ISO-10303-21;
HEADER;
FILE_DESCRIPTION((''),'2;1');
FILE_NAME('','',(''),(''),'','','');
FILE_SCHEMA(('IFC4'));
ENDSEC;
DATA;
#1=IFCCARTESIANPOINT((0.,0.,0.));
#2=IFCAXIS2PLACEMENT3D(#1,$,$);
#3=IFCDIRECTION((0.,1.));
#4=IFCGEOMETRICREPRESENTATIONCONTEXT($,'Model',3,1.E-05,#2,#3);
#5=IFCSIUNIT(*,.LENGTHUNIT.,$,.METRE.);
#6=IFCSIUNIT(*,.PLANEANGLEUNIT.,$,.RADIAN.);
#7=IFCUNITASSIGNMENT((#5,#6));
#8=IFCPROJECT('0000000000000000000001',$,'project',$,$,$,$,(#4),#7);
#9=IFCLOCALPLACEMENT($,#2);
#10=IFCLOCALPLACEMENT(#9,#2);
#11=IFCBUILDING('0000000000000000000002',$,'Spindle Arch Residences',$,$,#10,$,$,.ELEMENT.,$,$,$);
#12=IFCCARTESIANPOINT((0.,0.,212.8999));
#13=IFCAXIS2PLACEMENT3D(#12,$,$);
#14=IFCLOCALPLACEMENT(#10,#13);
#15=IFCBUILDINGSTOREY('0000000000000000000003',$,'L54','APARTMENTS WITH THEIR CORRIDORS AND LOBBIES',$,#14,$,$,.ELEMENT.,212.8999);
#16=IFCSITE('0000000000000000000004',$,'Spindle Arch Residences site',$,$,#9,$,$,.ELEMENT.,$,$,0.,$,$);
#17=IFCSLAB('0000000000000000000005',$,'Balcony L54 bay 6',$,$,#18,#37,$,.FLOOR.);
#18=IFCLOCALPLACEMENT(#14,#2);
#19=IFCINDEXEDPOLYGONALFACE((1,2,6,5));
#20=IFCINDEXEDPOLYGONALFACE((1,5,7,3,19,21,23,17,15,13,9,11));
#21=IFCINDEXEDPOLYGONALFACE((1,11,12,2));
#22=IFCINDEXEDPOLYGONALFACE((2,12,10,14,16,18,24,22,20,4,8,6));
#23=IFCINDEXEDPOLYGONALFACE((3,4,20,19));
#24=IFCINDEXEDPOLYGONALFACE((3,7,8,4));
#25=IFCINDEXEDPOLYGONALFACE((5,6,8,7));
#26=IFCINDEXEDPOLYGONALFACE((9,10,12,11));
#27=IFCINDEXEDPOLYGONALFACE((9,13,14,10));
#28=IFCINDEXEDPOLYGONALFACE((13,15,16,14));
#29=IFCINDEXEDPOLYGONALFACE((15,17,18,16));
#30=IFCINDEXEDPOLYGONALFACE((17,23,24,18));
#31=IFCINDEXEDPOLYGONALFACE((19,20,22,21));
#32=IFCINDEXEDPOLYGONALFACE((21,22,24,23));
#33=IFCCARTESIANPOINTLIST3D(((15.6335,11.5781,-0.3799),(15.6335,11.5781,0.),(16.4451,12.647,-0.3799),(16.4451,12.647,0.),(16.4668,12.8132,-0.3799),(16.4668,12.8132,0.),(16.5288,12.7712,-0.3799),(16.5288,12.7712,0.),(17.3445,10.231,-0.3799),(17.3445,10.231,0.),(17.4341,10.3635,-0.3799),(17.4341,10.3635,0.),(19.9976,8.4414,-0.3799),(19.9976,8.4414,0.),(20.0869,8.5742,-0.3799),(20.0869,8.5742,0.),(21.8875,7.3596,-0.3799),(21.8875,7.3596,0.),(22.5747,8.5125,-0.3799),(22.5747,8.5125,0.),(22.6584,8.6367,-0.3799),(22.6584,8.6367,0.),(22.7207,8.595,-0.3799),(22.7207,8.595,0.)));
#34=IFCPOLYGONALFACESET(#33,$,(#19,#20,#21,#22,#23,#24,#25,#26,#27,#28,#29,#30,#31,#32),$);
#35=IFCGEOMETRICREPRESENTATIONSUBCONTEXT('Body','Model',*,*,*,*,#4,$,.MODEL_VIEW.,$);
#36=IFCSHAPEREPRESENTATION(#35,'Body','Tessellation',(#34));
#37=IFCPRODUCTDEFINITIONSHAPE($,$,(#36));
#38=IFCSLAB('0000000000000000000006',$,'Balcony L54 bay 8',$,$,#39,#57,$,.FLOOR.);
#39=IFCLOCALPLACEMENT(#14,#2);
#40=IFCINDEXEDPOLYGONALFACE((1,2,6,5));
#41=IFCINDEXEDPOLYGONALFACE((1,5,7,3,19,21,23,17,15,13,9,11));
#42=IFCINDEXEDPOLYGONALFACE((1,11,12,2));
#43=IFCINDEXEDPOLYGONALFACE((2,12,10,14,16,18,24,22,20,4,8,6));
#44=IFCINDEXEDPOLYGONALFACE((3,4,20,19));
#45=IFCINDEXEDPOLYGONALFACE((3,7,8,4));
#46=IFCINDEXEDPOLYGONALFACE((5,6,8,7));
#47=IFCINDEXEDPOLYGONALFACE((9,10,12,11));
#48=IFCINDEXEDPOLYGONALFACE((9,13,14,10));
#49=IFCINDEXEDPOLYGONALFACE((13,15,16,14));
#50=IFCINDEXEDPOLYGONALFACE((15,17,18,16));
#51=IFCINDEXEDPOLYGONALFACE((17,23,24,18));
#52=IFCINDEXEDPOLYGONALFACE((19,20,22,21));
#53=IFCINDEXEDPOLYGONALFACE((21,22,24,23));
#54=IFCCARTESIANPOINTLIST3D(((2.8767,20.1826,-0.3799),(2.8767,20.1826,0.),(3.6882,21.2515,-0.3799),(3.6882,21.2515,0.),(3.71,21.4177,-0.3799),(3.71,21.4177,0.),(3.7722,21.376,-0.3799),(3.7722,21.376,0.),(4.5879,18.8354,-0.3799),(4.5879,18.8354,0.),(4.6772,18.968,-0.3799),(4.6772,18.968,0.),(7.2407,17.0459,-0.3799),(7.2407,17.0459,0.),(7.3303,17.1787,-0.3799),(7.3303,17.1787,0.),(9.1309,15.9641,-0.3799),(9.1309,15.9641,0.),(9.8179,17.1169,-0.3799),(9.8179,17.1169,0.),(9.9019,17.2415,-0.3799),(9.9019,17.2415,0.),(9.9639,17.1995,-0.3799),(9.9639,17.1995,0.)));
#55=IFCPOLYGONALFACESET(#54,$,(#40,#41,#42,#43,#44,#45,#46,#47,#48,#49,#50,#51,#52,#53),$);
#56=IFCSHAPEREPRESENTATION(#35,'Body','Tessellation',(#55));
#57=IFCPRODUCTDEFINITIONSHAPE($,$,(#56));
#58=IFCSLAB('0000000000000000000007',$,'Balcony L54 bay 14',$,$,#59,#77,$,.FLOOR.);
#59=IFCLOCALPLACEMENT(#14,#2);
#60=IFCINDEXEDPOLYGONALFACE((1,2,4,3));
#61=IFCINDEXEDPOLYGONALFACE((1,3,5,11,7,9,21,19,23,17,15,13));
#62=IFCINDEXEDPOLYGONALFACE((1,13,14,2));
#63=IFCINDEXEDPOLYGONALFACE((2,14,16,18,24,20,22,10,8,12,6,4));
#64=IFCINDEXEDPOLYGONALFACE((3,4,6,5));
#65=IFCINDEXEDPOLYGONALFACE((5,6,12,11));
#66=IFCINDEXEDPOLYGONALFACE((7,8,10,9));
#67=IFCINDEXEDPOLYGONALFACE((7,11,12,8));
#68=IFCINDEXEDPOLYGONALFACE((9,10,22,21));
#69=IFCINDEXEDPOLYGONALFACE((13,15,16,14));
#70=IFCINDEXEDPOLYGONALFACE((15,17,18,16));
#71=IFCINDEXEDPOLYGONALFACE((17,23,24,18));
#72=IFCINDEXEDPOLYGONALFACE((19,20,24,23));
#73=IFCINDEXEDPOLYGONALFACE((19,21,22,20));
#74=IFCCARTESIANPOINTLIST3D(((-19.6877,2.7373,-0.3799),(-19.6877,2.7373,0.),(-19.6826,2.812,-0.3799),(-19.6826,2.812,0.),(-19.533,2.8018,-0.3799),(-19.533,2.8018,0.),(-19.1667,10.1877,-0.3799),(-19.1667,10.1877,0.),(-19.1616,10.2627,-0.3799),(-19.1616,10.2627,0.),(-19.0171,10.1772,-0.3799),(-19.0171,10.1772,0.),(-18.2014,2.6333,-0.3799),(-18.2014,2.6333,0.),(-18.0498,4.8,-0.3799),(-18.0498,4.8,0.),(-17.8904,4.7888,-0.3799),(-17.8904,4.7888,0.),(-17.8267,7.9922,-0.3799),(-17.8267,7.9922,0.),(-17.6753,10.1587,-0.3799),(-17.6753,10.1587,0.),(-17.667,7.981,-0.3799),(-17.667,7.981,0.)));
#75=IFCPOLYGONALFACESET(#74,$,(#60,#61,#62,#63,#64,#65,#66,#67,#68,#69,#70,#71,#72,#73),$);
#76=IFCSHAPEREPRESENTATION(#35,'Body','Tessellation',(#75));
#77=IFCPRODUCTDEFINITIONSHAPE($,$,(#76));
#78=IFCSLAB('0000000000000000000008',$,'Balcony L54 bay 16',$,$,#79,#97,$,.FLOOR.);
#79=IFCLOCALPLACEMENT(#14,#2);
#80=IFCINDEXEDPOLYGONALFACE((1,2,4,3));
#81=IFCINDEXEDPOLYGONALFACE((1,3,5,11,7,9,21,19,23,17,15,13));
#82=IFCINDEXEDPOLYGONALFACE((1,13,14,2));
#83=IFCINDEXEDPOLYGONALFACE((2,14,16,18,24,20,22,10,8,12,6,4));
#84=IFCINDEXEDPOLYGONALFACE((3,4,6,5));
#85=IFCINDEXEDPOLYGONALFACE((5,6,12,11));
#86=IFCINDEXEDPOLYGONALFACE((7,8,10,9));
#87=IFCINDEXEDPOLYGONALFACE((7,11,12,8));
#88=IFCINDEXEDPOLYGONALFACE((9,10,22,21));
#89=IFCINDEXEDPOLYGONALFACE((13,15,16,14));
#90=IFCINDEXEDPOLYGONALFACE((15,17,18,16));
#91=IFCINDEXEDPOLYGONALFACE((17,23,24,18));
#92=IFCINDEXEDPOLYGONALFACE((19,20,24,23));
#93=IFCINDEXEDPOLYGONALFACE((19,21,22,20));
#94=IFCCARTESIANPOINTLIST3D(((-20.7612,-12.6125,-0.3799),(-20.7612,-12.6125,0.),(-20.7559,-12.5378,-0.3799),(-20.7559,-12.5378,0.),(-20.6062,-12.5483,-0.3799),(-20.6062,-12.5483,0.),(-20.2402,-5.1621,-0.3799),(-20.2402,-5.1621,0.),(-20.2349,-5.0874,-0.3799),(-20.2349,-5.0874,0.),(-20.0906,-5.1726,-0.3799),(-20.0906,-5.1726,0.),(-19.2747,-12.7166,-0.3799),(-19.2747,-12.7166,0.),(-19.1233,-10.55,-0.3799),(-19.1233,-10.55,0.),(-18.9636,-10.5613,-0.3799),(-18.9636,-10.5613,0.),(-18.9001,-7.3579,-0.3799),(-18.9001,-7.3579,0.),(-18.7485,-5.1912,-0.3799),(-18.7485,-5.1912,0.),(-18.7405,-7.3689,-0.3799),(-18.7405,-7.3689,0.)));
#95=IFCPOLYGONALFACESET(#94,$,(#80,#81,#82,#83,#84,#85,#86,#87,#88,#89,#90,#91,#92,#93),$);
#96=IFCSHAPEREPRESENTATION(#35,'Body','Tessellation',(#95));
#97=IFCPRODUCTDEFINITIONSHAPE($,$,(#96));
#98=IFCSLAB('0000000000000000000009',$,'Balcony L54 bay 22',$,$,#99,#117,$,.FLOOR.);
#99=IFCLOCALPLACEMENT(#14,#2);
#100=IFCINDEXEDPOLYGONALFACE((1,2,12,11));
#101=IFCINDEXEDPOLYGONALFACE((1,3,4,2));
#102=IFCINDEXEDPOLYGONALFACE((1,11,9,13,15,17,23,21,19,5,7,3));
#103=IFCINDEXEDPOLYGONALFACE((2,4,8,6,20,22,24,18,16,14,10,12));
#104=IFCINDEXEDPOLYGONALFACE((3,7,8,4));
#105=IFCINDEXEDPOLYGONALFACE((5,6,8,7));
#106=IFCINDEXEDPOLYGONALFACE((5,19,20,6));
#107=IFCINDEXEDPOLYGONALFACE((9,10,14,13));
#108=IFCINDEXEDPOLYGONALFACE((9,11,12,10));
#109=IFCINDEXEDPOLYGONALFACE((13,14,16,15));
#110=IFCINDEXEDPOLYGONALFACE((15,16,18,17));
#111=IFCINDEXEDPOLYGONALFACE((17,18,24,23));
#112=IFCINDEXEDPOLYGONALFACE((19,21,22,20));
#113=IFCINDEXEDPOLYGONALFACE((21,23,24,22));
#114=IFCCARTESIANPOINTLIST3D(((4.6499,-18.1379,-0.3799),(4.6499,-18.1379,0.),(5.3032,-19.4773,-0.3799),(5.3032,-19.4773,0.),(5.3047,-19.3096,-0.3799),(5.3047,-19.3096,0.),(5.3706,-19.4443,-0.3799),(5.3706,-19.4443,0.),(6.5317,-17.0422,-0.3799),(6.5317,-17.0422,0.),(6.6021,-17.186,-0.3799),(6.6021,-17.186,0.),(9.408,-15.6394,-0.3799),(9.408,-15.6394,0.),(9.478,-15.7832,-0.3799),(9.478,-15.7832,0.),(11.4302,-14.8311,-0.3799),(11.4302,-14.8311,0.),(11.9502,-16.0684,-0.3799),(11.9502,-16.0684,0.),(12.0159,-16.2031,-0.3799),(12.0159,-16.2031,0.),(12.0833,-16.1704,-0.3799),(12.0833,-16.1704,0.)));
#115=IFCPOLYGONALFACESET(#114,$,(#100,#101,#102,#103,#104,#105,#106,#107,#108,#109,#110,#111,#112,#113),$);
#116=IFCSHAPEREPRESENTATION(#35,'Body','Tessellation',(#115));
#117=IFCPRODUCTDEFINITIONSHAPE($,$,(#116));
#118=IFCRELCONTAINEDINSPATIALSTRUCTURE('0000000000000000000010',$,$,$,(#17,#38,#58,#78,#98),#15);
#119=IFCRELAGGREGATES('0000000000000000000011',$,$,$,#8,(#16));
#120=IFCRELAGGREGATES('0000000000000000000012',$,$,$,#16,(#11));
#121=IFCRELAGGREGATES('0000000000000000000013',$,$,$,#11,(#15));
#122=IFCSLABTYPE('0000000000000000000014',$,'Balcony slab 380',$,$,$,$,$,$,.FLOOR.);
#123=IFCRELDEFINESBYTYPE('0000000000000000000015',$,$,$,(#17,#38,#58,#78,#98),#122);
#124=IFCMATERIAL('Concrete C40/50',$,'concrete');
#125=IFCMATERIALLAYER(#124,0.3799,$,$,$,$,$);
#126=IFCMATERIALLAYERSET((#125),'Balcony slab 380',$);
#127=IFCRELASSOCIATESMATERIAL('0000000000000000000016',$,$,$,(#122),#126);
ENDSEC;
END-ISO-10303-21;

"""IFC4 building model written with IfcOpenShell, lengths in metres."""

from ifc_helpers import new_model, si_unit, direction, frame, origin, place, context, subcontext, project, spatial, polyline, outline, extrude, material, layer, layer_set, type_object, element, save


model = new_model("IFC4")

# Units and contexts
model_context = context("Model", 3, precision=1e-05, world=origin(), true_north=direction((0.0, 1.0)))
body_context = subcontext(model_context, "Body", "Model", "MODEL_VIEW")
ifc_project = project(units=[si_unit("LENGTHUNIT", "METRE"), si_unit("PLANEANGLEUNIT", "RADIAN")], contexts=[model_context])

# Site, building, storey
site_placement = place(None, origin())
site = spatial("IfcSite", under=ifc_project, at=site_placement, Name="Spindle Arch Residences site", CompositionType="ELEMENT", RefElevation=0.0)
building_placement = place(site_placement, origin())
building = spatial("IfcBuilding", under=site, at=building_placement, Name="Spindle Arch Residences", CompositionType="ELEMENT")
storey_placement = place(building_placement, frame((0.0, 0.0, 212.8999)))
storey = spatial("IfcBuildingStorey", under=building, at=storey_placement, Name="L54", Description="APARTMENTS WITH THEIR CORRIDORS AND LOBBIES", CompositionType="ELEMENT", Elevation=212.8999)

# Slabs
ifc_material_1 = material(Name="Concrete C40/50", Category="concrete")
ifc_layer_1 = layer(ifc_material_1, 0.3799)
ifc_layer_set_1 = layer_set([ifc_layer_1], Name="Balcony slab 380")
slab_type_1 = type_object("IfcSlabType", Name="Balcony slab 380", PredefinedType="FLOOR", material=ifc_layer_set_1)
slab_1_placement = place(storey_placement, frame((0.0, 0.0, -0.3799)))
element("IfcSlab", 1, at=slab_1_placement, inside=storey, type_object=slab_type_1, Name="Balcony L54 bay 6", PredefinedType="FLOOR", context=body_context, shape_type="SweptSolid", body=[
    extrude(outline(polyline([(22.7207, 8.595), (22.6584, 8.6367), (22.5747, 8.5125), (16.4451, 12.647), (16.5288, 12.7712), (16.4668, 12.8132), (15.6335, 11.5781), (17.4341, 10.3635), (17.3445, 10.231), (19.9976, 8.4414), (20.0869, 8.5742), (21.8875, 7.3596), (22.7207, 8.595)])), origin(), (0.0, 0.0, 1.0), 0.3799),
])
slab_2_placement = place(storey_placement, frame((0.0, 0.0, -0.3799)))
element("IfcSlab", 2, at=slab_2_placement, inside=storey, type_object=slab_type_1, Name="Balcony L54 bay 8", PredefinedType="FLOOR", context=body_context, shape_type="SweptSolid", body=[
    extrude(outline(polyline([(9.9639, 17.1995), (9.9019, 17.2415), (9.8179, 17.1169), (3.6882, 21.2515), (3.7722, 21.376), (3.71, 21.4177), (2.8767, 20.1826), (4.6772, 18.968), (4.5879, 18.8354), (7.2407, 17.0459), (7.3303, 17.1787), (9.1309, 15.9641), (9.9639, 17.1995)])), origin(), (0.0, 0.0, 1.0), 0.3799),
])
slab_3_placement = place(storey_placement, frame((0.0, 0.0, -0.3799)))
element("IfcSlab", 3, at=slab_3_placement, inside=storey, type_object=slab_type_1, Name="Balcony L54 bay 14", PredefinedType="FLOOR", context=body_context, shape_type="SweptSolid", body=[
    extrude(outline(polyline([(-19.1616, 10.2627), (-19.1667, 10.1877), (-19.0171, 10.1772), (-19.533, 2.8018), (-19.6826, 2.812), (-19.6877, 2.7373), (-18.2014, 2.6333), (-18.0498, 4.8), (-17.8904, 4.7888), (-17.667, 7.981), (-17.8267, 7.9922), (-17.6753, 10.1587), (-19.1616, 10.2627)])), origin(), (0.0, 0.0, 1.0), 0.3799),
])
slab_4_placement = place(storey_placement, frame((0.0, 0.0, -0.3799)))
element("IfcSlab", 4, at=slab_4_placement, inside=storey, type_object=slab_type_1, Name="Balcony L54 bay 16", PredefinedType="FLOOR", context=body_context, shape_type="SweptSolid", body=[
    extrude(outline(polyline([(-20.2349, -5.0874), (-20.2402, -5.1621), (-20.0906, -5.1726), (-20.6062, -12.5483), (-20.7559, -12.5378), (-20.7612, -12.6125), (-19.2747, -12.7166), (-19.1233, -10.55), (-18.9636, -10.5613), (-18.7405, -7.3689), (-18.9001, -7.3579), (-18.7485, -5.1912), (-20.2349, -5.0874)])), origin(), (0.0, 0.0, 1.0), 0.3799),
])
slab_5_placement = place(storey_placement, frame((0.0, 0.0, -0.3799)))
element("IfcSlab", 5, at=slab_5_placement, inside=storey, type_object=slab_type_1, Name="Balcony L54 bay 22", PredefinedType="FLOOR", context=body_context, shape_type="SweptSolid", body=[
    extrude(outline(polyline([(5.3032, -19.4773), (5.3706, -19.4443), (5.3047, -19.3096), (11.9502, -16.0684), (12.0159, -16.2031), (12.0833, -16.1704), (11.4302, -14.8311), (9.478, -15.7832), (9.408, -15.6394), (6.5317, -17.0422), (6.6021, -17.186), (4.6499, -18.1379), (5.3032, -19.4773)])), origin(), (0.0, 0.0, 1.0), 0.3799),
])

save(model, "model.ifc")
